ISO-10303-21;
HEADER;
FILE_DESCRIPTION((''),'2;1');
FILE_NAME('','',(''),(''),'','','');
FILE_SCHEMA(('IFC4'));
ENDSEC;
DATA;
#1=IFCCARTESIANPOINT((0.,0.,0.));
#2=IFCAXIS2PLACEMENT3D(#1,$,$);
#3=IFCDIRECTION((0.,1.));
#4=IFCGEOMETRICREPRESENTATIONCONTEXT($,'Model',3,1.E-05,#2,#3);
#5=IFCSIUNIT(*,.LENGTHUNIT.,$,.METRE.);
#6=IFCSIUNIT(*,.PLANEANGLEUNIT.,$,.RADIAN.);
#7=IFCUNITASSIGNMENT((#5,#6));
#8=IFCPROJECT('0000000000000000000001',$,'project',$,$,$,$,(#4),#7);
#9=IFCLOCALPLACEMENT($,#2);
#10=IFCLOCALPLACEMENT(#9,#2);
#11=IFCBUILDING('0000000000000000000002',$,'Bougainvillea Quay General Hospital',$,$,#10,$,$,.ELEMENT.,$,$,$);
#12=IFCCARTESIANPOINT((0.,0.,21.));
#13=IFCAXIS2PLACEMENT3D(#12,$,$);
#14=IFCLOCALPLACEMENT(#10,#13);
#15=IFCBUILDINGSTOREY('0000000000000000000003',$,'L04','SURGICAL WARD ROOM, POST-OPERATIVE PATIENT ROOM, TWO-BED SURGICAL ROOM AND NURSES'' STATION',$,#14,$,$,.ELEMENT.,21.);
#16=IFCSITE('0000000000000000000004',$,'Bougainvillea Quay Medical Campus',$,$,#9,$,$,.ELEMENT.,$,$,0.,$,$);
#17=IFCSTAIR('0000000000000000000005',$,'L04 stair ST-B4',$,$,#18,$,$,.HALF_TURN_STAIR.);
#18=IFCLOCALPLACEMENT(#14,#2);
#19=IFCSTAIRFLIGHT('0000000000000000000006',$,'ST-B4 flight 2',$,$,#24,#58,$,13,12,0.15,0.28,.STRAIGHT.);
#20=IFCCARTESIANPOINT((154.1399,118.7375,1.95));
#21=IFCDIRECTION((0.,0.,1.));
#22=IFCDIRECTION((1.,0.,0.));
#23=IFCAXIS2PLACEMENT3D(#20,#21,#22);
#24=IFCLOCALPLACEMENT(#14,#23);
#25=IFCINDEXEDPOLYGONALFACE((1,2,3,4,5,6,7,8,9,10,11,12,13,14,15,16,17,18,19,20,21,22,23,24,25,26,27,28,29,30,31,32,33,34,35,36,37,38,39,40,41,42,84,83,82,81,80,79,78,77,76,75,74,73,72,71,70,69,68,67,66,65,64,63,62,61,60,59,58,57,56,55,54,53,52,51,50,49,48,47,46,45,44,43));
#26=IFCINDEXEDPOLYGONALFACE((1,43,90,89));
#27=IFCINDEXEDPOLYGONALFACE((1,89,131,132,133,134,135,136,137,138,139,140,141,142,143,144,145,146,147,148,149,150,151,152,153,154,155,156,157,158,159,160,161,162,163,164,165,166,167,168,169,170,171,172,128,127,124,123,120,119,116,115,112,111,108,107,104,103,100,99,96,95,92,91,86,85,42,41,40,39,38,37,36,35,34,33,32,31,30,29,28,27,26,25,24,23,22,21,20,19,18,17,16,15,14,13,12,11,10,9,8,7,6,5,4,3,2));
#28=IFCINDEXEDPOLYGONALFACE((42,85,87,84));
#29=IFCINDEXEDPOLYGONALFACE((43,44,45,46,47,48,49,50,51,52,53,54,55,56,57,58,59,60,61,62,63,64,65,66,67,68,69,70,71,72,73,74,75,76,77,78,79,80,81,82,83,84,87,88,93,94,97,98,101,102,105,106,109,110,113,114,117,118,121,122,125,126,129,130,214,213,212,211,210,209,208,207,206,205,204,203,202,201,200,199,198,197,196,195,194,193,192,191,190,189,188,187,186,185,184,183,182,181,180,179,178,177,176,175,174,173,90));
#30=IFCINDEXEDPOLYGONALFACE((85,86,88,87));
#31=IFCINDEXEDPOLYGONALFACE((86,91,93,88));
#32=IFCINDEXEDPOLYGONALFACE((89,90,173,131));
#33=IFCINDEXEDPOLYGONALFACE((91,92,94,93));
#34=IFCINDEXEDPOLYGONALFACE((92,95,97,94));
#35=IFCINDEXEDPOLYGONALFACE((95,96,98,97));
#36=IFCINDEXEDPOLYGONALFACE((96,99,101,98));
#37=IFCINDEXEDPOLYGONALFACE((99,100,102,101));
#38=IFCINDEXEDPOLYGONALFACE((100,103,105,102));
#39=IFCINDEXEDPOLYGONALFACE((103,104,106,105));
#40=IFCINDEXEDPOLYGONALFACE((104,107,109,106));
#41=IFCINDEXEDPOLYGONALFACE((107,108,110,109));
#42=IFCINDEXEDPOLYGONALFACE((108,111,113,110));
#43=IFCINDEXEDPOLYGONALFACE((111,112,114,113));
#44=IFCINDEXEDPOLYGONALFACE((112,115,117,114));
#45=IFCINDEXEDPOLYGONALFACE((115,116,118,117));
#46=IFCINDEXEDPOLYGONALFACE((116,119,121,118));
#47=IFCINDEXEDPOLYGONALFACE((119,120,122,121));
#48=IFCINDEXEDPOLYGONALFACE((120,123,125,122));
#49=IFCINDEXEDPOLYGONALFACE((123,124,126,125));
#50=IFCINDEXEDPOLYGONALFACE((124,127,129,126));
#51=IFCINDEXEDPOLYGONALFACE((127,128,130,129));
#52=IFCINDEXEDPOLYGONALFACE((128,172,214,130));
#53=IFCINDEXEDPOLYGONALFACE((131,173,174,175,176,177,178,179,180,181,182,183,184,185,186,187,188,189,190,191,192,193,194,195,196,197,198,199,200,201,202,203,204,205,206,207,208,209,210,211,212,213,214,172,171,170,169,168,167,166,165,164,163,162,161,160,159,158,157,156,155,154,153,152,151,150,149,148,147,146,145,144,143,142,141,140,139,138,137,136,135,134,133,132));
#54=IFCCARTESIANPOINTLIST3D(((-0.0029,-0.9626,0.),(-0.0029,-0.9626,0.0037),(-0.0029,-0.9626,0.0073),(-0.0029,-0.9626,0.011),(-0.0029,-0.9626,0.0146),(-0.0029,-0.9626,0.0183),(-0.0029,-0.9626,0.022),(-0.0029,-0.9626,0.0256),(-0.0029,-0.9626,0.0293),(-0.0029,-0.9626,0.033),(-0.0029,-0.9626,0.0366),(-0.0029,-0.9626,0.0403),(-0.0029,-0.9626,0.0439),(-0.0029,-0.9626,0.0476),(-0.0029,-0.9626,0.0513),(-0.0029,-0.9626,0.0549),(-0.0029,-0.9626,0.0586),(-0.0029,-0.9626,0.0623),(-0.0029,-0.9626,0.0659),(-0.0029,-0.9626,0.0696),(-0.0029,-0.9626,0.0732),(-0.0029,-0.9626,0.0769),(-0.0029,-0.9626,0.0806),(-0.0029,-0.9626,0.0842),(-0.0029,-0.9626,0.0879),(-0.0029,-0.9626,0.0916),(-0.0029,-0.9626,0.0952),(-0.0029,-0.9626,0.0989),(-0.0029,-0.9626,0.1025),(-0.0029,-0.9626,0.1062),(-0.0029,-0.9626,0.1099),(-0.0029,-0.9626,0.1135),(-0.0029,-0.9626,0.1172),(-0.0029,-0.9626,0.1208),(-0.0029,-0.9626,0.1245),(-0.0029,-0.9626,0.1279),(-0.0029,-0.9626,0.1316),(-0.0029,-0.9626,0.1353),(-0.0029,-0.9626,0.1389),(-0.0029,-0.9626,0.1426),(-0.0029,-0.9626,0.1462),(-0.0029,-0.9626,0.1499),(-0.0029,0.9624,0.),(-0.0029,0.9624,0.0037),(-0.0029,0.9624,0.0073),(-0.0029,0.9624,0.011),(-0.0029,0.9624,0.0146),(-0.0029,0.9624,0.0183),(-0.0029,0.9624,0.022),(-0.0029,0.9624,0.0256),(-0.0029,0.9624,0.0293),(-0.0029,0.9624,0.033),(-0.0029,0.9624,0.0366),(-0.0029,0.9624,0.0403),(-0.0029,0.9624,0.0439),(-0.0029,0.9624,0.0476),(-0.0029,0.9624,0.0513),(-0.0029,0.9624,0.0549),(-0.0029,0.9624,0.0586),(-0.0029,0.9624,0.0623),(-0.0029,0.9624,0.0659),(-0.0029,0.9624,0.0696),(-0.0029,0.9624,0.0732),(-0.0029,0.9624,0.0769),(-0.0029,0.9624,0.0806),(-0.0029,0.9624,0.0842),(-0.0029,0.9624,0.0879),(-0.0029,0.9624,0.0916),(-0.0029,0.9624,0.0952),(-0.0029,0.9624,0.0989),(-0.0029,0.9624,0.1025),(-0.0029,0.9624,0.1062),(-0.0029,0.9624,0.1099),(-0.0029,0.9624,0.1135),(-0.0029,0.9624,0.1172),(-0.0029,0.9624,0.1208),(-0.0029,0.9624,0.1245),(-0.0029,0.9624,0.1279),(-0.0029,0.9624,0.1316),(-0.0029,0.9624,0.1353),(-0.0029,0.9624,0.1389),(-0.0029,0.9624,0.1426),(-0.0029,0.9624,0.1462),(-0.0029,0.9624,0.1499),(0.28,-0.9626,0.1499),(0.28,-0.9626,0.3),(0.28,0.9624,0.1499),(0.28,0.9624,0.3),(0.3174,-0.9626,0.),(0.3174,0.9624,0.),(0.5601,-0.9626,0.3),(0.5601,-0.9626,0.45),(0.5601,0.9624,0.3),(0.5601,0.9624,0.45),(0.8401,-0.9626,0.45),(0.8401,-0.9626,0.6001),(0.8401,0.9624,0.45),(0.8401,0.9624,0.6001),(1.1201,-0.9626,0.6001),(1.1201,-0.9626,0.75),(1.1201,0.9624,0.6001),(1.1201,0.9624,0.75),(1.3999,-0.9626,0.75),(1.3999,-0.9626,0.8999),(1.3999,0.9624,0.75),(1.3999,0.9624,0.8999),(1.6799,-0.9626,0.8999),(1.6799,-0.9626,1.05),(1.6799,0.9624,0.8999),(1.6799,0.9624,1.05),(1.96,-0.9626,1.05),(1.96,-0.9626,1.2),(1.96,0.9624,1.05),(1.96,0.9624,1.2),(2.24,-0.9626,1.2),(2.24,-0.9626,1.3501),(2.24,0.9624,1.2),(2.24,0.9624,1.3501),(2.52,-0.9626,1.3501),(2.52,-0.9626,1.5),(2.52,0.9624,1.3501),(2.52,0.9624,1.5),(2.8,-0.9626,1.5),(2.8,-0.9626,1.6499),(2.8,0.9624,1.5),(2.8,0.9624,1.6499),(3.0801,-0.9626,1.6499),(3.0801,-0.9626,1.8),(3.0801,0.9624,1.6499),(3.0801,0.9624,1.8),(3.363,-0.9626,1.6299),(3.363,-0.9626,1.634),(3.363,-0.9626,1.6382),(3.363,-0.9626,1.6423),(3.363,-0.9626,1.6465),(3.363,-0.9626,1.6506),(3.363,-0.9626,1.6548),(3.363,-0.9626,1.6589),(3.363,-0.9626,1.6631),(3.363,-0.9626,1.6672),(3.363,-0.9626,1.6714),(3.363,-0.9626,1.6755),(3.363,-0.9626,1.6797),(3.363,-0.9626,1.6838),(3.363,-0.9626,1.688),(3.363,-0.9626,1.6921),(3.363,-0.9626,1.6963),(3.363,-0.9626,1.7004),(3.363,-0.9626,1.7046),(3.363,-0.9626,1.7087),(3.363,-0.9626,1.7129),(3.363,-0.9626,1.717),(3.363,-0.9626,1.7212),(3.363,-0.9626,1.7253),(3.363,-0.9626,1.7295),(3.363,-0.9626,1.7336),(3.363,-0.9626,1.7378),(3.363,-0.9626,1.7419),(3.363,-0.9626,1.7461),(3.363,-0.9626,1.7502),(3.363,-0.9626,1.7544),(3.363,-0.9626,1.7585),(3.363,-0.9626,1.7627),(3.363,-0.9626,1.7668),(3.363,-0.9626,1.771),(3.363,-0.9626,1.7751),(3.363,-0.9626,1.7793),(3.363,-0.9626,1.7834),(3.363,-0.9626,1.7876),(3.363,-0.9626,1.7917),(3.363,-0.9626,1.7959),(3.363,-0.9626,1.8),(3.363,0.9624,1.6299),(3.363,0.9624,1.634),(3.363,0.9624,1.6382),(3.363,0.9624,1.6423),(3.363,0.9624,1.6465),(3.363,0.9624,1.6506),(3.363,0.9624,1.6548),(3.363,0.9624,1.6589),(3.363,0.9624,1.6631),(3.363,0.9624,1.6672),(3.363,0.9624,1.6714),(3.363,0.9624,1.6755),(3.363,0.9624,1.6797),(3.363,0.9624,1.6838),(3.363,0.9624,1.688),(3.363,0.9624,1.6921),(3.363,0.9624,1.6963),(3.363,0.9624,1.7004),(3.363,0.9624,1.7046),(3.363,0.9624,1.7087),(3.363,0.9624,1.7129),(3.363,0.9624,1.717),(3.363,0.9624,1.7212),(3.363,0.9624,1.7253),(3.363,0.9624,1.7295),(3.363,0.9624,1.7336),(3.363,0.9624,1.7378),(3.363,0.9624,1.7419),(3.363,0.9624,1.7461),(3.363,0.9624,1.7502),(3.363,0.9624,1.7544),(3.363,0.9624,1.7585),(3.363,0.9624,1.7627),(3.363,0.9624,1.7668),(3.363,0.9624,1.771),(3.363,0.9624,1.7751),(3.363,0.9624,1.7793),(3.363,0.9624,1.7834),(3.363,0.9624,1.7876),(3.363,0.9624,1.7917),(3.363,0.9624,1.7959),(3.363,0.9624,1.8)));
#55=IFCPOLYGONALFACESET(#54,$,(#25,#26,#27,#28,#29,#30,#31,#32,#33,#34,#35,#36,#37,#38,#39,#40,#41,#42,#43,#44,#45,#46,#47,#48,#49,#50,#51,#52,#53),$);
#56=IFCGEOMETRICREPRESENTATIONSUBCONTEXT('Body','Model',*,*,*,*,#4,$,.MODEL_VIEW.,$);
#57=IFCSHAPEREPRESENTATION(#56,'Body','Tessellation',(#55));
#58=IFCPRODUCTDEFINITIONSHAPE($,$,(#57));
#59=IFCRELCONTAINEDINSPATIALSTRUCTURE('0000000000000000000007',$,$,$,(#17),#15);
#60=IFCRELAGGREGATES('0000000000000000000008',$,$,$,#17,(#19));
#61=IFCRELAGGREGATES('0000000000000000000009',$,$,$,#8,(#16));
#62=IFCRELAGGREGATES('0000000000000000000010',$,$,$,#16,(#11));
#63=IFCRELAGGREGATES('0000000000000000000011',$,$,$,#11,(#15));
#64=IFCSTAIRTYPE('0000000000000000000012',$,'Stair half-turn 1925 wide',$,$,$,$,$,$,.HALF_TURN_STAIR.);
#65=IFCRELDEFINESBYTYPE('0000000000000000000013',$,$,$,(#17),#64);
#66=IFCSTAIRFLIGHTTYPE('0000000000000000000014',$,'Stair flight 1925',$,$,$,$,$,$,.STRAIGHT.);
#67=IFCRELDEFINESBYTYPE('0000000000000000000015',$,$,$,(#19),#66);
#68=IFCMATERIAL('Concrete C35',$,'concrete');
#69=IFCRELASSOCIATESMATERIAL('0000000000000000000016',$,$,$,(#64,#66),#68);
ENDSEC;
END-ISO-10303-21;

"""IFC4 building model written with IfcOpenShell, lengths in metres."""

from ifc_helpers import new_model, si_unit, direction, frame, origin, place, context, subcontext, project, spatial, polyline, outline, extrude, material, type_object, element, aggregate, save


model = new_model("IFC4")

# Units and contexts
model_context = context("Model", 3, precision=1e-05, world=origin(), true_north=direction((0.0, 1.0)))
body_context = subcontext(model_context, "Body", "Model", "MODEL_VIEW")
ifc_project = project(units=[si_unit("LENGTHUNIT", "METRE"), si_unit("PLANEANGLEUNIT", "RADIAN")], contexts=[model_context])

# Site, building, storey
site_placement = place(None, origin())
site = spatial("IfcSite", under=ifc_project, at=site_placement, Name="Bougainvillea Quay Medical Campus", CompositionType="ELEMENT", RefElevation=0.0)
building_placement = place(site_placement, origin())
building = spatial("IfcBuilding", under=site, at=building_placement, Name="Bougainvillea Quay General Hospital", CompositionType="ELEMENT")
storey_placement = place(building_placement, frame((0.0, 0.0, 21.0)))
storey = spatial("IfcBuildingStorey", under=building, at=storey_placement, Name="L04", Description="SURGICAL WARD ROOM, POST-OPERATIVE PATIENT ROOM, TWO-BED SURGICAL ROOM AND NURSES' STATION", CompositionType="ELEMENT", Elevation=21.0)

# Stair, stair flight
ifc_material_1 = material(Name="Concrete C35", Category="concrete")
stair_type = type_object("IfcStairType", Name="Stair half-turn 1925 wide", PredefinedType="HALF_TURN_STAIR", material=ifc_material_1)
stair_placement = place(storey_placement, origin())
stair = element("IfcStair", 1, at=stair_placement, inside=storey, type_object=stair_type, Name="L04 stair ST-B4", PredefinedType="HALF_TURN_STAIR")
stair_flight_type = type_object("IfcStairFlightType", Name="Stair flight 1925", PredefinedType="STRAIGHT", material=ifc_material_1)
stair_flight_1_placement = place(storey_placement, frame((154.1399, 118.7375, 1.95), z_axis=(0.0, 0.0, 1.0), x_axis=(1.0, 0.0, 0.0)))
stair_flight_1 = element("IfcStairFlight", 2, at=stair_flight_1_placement, type_object=stair_flight_type, Name="ST-B4 flight 2", NumberOfRisers=13, NumberOfTreads=12, PredefinedType="STRAIGHT", RiserHeight=0.15, TreadLength=0.28, context=body_context, shape_type="SweptSolid", body=[
    extrude(outline(polyline([(-0.0029, 0.0), (-0.0029, 0.0037), (-0.0029, 0.0073), (-0.0029, 0.011), (-0.0029, 0.0146), (-0.0029, 0.0183), (-0.0029, 0.022), (-0.0029, 0.0256), (-0.0029, 0.0293), (-0.0029, 0.033), (-0.0029, 0.0366), (-0.0029, 0.0403), (-0.0029, 0.0439), (-0.0029, 0.0476), (-0.0029, 0.0513), (-0.0029, 0.0549), (-0.0029, 0.0586), (-0.0029, 0.0623), (-0.0029, 0.0659), (-0.0029, 0.0696), (-0.0029, 0.0732), (-0.0029, 0.0769), (-0.0029, 0.0806), (-0.0029, 0.0842), (-0.0029, 0.0879), (-0.0029, 0.0916), (-0.0029, 0.0952), (-0.0029, 0.0989), (-0.0029, 0.1025), (-0.0029, 0.1062), (-0.0029, 0.1099), (-0.0029, 0.1135), (-0.0029, 0.1172), (-0.0029, 0.1208), (-0.0029, 0.1245), (-0.0029, 0.1279), (-0.0029, 0.1316), (-0.0029, 0.1353), (-0.0029, 0.1389), (-0.0029, 0.1426), (-0.0029, 0.1462), (-0.0029, 0.1499), (0.28, 0.1499), (0.28, 0.3), (0.5601, 0.3), (0.5601, 0.45), (0.8401, 0.45), (0.8401, 0.6001), (1.1201, 0.6001), (1.1201, 0.75), (1.3999, 0.75), (1.3999, 0.8999), (1.6799, 0.8999), (1.6799, 1.05), (1.96, 1.05), (1.96, 1.2), (2.24, 1.2), (2.24, 1.3501), (2.52, 1.3501), (2.52, 1.5), (2.8, 1.5), (2.8, 1.6499), (3.0801, 1.6499), (3.0801, 1.8), (3.363, 1.8), (3.363, 1.7959), (3.363, 1.7917), (3.363, 1.7876), (3.363, 1.7834), (3.363, 1.7793), (3.363, 1.7751), (3.363, 1.771), (3.363, 1.7668), (3.363, 1.7627), (3.363, 1.7585), (3.363, 1.7544), (3.363, 1.7502), (3.363, 1.7461), (3.363, 1.7419), (3.363, 1.7378), (3.363, 1.7336), (3.363, 1.7295), (3.363, 1.7253), (3.363, 1.7212), (3.363, 1.717), (3.363, 1.7129), (3.363, 1.7087), (3.363, 1.7046), (3.363, 1.7004), (3.363, 1.6963), (3.363, 1.6921), (3.363, 1.688), (3.363, 1.6838), (3.363, 1.6797), (3.363, 1.6755), (3.363, 1.6714), (3.363, 1.6672), (3.363, 1.6631), (3.363, 1.6589), (3.363, 1.6548), (3.363, 1.6506), (3.363, 1.6465), (3.363, 1.6423), (3.363, 1.6382), (3.363, 1.634), (3.363, 1.6299), (0.3174, 0.0), (-0.0029, 0.0)])), frame((0.0, 0.9624, 0.0), z_axis=(0.0, -1.0, 0.0), x_axis=(1.0, 0.0, 0.0)), (0.0, 0.0, 1.0), 1.925),
])
aggregate(stair, [stair_flight_1])

save(model, "model.ifc")
